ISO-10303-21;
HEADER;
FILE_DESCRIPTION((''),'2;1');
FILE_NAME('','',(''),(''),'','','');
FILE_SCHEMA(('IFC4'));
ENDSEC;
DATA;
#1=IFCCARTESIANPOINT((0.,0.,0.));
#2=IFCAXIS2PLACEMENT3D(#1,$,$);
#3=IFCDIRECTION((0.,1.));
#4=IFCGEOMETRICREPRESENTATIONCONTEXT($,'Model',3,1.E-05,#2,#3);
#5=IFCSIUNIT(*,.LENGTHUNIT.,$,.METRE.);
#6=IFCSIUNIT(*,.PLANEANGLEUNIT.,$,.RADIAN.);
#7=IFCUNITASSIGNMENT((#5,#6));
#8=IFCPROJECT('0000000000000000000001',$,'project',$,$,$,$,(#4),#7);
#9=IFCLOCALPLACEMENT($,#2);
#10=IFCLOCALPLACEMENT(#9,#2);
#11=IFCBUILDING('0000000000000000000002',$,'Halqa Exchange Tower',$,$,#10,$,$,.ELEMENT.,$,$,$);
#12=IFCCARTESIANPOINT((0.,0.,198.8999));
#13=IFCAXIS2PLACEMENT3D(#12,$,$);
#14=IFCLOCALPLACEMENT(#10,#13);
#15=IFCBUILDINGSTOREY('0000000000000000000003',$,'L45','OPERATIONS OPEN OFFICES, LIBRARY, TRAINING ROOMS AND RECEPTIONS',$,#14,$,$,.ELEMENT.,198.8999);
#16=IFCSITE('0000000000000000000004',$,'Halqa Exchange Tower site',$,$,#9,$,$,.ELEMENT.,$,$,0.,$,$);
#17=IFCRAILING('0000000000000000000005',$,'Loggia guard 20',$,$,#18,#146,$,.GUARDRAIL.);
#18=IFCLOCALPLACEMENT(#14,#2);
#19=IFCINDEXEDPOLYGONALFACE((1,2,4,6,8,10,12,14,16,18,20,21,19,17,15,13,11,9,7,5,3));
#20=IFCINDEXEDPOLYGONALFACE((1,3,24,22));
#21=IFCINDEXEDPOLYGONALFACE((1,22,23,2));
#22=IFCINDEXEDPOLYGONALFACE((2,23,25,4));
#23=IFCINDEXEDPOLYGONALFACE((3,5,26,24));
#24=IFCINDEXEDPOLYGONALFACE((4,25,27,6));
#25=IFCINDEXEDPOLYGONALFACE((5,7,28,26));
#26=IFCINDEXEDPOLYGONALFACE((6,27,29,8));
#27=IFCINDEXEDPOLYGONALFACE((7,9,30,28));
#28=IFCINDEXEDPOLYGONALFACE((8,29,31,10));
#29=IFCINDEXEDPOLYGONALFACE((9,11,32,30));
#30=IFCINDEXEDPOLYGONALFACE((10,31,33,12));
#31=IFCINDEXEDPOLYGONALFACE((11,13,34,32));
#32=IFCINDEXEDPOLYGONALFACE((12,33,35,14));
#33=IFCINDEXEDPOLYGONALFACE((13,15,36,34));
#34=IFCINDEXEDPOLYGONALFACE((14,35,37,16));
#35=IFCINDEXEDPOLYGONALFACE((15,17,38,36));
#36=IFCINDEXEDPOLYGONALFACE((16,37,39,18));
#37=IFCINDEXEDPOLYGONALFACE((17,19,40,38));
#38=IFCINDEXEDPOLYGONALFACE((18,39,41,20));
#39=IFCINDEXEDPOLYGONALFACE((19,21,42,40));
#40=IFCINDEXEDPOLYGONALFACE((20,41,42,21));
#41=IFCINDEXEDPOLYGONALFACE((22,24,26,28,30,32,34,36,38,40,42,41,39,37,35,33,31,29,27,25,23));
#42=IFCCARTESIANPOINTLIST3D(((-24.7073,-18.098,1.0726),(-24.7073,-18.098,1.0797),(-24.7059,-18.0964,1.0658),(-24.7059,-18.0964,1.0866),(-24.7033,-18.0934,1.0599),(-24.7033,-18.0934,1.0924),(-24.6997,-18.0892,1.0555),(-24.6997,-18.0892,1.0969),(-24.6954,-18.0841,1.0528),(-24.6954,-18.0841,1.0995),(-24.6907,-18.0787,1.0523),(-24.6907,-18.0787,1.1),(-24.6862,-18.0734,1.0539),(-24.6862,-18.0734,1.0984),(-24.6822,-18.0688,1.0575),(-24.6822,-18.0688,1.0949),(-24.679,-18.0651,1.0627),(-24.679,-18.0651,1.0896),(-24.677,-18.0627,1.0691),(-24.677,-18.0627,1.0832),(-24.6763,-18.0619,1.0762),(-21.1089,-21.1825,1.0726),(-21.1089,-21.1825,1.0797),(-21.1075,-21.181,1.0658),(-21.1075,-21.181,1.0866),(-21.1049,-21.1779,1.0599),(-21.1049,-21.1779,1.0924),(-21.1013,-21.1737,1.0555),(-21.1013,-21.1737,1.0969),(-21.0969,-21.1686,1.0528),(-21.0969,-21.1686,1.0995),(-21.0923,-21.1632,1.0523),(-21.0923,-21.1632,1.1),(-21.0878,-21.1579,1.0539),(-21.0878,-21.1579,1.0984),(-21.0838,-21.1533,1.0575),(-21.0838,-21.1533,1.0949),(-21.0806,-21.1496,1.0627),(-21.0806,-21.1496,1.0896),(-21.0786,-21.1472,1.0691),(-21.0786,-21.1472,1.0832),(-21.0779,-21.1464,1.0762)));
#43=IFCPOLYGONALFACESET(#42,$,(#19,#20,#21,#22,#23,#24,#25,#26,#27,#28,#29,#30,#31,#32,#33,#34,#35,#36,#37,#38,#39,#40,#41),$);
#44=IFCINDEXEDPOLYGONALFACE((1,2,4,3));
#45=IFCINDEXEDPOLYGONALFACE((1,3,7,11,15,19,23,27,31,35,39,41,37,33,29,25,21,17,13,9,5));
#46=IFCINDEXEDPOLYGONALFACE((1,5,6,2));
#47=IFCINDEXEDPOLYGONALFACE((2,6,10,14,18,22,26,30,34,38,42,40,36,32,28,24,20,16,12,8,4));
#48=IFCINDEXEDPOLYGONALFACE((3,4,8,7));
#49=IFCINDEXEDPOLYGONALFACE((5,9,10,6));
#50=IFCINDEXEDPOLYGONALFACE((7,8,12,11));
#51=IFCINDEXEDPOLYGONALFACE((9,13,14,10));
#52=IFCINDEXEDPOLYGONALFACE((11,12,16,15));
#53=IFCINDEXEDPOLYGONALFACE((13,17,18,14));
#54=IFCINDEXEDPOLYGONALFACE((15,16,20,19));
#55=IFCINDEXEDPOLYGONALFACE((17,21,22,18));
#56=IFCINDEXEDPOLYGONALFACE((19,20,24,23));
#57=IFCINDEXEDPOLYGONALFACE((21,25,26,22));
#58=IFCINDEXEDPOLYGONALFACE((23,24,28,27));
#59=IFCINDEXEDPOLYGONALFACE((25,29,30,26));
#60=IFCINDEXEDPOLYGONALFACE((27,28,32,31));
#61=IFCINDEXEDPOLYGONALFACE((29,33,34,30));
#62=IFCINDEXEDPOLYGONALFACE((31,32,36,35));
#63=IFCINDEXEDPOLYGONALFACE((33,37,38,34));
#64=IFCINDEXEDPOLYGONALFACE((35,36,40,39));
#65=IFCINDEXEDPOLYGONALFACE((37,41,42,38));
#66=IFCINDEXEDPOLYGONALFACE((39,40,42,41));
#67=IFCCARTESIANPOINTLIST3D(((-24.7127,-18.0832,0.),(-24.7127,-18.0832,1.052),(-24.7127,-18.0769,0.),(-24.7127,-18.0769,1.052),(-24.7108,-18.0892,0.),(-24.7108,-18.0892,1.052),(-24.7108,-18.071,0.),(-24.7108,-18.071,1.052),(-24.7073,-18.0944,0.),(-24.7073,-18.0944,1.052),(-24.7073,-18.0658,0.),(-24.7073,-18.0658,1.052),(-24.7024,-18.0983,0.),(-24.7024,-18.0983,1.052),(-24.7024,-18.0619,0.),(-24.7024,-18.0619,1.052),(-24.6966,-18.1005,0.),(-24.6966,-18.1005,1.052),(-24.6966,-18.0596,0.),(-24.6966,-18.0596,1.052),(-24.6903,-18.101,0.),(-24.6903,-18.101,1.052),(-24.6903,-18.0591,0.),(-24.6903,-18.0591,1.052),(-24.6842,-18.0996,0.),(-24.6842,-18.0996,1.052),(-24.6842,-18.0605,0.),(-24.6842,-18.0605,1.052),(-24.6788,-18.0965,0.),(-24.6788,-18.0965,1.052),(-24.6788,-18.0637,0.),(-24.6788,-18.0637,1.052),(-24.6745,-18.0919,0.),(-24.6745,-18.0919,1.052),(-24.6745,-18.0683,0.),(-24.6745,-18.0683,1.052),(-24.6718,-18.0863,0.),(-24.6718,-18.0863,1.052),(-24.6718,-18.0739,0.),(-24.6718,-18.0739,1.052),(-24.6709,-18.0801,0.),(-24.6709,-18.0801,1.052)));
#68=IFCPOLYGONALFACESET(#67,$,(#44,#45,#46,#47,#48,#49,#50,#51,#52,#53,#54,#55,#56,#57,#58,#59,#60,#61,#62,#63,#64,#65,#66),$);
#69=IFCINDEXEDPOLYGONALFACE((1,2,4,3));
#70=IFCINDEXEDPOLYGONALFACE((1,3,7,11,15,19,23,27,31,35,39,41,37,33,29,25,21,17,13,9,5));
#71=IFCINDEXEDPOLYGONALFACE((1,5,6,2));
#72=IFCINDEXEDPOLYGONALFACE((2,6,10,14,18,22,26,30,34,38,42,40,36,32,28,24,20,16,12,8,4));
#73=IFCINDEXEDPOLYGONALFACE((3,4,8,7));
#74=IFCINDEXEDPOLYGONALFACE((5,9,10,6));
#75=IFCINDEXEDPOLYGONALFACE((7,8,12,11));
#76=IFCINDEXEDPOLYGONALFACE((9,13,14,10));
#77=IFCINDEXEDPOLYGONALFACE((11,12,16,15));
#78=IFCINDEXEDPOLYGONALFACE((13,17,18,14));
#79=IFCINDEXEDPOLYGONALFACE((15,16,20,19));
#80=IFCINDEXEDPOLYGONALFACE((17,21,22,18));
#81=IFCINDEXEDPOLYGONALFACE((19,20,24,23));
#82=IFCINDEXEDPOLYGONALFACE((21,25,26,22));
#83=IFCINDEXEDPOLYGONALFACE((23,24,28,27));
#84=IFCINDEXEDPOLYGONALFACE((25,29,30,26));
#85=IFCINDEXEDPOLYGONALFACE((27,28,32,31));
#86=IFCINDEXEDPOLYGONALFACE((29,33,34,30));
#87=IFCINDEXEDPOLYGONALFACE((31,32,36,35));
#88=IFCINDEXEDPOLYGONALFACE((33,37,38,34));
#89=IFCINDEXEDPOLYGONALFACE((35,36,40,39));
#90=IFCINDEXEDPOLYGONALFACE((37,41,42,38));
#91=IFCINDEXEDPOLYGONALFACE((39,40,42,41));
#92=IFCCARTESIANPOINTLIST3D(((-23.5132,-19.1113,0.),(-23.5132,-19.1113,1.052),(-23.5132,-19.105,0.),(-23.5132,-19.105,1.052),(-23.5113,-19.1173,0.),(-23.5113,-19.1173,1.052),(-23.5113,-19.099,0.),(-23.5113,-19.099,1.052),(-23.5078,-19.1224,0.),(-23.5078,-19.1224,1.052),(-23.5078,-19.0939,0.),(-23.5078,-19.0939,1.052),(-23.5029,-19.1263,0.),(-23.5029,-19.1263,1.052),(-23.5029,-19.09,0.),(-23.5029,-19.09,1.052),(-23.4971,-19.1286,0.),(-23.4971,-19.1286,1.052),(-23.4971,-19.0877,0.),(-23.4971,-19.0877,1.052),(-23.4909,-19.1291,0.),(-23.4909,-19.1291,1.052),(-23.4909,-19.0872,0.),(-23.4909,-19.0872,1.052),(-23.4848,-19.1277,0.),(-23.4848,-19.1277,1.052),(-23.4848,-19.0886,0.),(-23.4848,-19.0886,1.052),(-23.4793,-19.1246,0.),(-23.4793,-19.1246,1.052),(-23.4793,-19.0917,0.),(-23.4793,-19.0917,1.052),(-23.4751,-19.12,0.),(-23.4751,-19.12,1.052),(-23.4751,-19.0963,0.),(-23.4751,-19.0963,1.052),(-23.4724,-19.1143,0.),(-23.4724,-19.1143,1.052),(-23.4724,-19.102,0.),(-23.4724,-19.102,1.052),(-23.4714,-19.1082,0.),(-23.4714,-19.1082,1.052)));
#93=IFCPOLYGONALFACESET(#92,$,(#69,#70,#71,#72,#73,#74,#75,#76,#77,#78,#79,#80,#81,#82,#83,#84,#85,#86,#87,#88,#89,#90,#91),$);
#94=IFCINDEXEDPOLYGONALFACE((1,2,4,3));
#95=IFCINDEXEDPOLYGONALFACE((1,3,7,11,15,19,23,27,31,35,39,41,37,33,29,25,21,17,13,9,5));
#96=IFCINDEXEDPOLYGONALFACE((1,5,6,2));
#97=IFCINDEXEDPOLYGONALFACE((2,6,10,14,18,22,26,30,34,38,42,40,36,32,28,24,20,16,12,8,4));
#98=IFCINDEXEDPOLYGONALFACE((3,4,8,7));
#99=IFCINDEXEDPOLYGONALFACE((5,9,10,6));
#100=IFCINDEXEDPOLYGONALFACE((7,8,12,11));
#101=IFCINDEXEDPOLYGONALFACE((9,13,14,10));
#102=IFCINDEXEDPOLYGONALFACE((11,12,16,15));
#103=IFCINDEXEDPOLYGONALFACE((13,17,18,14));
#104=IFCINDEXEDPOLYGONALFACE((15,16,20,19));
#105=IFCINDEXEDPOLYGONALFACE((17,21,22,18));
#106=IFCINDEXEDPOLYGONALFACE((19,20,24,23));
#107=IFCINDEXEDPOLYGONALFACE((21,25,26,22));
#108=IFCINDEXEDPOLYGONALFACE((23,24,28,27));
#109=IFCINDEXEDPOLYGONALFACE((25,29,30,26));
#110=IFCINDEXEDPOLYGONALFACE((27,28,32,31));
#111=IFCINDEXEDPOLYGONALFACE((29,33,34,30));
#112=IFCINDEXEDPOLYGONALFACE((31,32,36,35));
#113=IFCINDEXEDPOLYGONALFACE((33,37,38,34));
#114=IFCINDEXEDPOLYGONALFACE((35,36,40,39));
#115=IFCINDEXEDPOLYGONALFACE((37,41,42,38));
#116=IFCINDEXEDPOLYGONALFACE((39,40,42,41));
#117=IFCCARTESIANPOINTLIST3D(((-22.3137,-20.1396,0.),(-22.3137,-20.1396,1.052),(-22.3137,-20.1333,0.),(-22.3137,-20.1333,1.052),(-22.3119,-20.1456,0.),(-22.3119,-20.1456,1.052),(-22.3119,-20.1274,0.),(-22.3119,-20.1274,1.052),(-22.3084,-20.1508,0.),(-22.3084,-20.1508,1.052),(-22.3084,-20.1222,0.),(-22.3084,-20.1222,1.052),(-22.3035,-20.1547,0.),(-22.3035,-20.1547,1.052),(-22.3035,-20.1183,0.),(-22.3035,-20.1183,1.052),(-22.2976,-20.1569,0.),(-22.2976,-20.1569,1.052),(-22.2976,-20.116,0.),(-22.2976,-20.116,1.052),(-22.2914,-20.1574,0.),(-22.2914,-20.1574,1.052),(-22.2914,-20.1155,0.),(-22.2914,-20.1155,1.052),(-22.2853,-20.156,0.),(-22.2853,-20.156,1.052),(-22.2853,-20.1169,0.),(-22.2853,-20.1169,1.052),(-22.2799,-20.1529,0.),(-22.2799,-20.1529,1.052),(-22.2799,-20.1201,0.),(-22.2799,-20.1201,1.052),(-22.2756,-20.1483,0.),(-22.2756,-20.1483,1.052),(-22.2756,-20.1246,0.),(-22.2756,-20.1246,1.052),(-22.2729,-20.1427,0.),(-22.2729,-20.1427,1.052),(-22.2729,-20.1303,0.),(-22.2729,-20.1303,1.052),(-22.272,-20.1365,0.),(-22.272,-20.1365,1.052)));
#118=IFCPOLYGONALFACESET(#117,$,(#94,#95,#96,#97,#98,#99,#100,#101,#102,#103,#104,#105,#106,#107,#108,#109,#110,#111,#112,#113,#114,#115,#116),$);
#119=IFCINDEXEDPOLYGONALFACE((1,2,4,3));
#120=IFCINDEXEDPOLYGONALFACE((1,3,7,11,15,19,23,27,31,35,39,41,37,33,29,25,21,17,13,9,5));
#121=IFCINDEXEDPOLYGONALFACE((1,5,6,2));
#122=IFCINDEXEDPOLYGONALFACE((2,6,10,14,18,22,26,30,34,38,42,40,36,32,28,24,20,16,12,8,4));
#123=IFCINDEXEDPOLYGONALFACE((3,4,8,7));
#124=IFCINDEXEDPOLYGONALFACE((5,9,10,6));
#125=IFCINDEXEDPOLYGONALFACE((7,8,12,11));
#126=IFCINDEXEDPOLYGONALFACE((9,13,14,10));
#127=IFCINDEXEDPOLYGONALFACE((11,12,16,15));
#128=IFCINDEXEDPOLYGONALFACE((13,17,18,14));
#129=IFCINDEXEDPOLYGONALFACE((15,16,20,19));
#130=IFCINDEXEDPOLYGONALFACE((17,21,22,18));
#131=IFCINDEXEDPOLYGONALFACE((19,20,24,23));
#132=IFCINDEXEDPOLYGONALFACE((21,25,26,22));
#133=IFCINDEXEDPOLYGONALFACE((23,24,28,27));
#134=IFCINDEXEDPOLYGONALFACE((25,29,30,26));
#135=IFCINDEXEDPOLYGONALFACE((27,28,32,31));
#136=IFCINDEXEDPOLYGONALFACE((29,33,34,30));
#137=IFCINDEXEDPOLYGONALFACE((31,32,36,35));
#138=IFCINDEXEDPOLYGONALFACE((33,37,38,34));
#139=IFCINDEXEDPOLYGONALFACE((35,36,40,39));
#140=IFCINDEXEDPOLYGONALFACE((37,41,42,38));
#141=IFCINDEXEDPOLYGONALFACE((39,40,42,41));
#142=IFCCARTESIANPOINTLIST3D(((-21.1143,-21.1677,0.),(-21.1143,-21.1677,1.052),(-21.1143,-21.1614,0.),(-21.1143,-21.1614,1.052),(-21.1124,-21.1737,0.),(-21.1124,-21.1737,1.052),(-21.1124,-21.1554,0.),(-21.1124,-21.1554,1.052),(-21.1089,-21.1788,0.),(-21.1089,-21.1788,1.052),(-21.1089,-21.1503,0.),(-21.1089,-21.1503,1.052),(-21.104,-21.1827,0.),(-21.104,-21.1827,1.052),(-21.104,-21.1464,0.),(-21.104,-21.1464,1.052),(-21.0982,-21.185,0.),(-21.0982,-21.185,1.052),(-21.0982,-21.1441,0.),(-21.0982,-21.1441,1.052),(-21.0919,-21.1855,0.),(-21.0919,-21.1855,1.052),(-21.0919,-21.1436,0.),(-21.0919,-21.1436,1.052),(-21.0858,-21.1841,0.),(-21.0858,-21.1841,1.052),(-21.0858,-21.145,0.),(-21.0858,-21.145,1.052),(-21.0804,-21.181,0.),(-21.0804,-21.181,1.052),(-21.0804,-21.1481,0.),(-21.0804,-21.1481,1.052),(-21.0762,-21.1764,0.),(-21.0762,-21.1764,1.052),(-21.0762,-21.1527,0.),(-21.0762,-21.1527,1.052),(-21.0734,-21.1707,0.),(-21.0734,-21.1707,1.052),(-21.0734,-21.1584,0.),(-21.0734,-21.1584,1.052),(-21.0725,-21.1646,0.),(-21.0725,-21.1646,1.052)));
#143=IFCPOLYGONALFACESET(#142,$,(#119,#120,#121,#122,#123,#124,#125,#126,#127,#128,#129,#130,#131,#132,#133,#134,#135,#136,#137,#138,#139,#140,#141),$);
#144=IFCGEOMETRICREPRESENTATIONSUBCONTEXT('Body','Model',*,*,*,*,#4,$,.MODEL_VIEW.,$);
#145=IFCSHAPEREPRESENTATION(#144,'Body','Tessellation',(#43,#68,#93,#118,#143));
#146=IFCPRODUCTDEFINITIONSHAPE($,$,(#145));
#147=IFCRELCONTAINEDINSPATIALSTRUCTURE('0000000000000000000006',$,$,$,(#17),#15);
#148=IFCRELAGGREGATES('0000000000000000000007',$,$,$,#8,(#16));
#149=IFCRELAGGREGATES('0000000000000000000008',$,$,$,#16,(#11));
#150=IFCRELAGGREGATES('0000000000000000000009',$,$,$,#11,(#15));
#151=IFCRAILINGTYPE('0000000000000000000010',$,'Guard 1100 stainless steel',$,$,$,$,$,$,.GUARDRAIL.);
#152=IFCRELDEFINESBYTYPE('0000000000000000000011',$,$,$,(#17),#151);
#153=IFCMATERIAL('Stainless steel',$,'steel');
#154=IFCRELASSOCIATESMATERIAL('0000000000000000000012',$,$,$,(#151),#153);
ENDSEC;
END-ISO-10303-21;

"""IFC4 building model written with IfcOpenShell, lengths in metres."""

from ifc_helpers import new_model, si_unit, direction, frame, origin, origin_2d, place, context, subcontext, project, spatial, circle, extrude, material, type_object, element, save


model = new_model("IFC4")

# Units and contexts
model_context = context("Model", 3, precision=1e-05, world=origin(), true_north=direction((0.0, 1.0)))
body_context = subcontext(model_context, "Body", "Model", "MODEL_VIEW")
ifc_project = project(units=[si_unit("LENGTHUNIT", "METRE"), si_unit("PLANEANGLEUNIT", "RADIAN")], contexts=[model_context])

# Site, building, storey
site_placement = place(None, origin())
site = spatial("IfcSite", under=ifc_project, at=site_placement, Name="Halqa Exchange Tower site", CompositionType="ELEMENT", RefElevation=0.0)
building_placement = place(site_placement, origin())
building = spatial("IfcBuilding", under=site, at=building_placement, Name="Halqa Exchange Tower", CompositionType="ELEMENT")
storey_placement = place(building_placement, frame((0.0, 0.0, 198.8999)))
storey = spatial("IfcBuildingStorey", under=building, at=storey_placement, Name="L45", Description="OPERATIONS OPEN OFFICES, LIBRARY, TRAINING ROOMS AND RECEPTIONS", CompositionType="ELEMENT", Elevation=198.8999)

# Railing
ifc_material_1 = material(Name="Stainless steel", Category="steel")
railing_type = type_object("IfcRailingType", Name="Guard 1100 stainless steel", PredefinedType="GUARDRAIL", material=ifc_material_1)
railing_1_placement = place(storey_placement, frame((-24.6919, -18.0801, 0.0)))
element("IfcRailing", 1, at=railing_1_placement, inside=storey, type_object=railing_type, Name="Loggia guard 20", PredefinedType="GUARDRAIL", context=body_context, shape_type="SweptSolid", body=[
    extrude(circle(Radius=0.0239, at=origin_2d()), frame((0.0, 0.0, 1.0762), z_axis=(0.759242, -0.650808, 0.0), x_axis=(0.650808, 0.759242, 0.0)), (0.0, 0.0, 1.0), 4.7395),
    extrude(circle(Radius=0.021, at=origin_2d()), origin(), (0.0, 0.0, 1.0), 1.052),
    extrude(circle(Radius=0.021, at=origin_2d()), frame((1.1995, -1.0281, 0.0)), (0.0, 0.0, 1.0), 1.052),
    extrude(circle(Radius=0.021, at=origin_2d()), frame((2.3989, -2.0564, 0.0)), (0.0, 0.0, 1.0), 1.052),
    extrude(circle(Radius=0.021, at=origin_2d()), frame((3.5984, -3.0845, 0.0)), (0.0, 0.0, 1.0), 1.052),
])

save(model, "model.ifc")
